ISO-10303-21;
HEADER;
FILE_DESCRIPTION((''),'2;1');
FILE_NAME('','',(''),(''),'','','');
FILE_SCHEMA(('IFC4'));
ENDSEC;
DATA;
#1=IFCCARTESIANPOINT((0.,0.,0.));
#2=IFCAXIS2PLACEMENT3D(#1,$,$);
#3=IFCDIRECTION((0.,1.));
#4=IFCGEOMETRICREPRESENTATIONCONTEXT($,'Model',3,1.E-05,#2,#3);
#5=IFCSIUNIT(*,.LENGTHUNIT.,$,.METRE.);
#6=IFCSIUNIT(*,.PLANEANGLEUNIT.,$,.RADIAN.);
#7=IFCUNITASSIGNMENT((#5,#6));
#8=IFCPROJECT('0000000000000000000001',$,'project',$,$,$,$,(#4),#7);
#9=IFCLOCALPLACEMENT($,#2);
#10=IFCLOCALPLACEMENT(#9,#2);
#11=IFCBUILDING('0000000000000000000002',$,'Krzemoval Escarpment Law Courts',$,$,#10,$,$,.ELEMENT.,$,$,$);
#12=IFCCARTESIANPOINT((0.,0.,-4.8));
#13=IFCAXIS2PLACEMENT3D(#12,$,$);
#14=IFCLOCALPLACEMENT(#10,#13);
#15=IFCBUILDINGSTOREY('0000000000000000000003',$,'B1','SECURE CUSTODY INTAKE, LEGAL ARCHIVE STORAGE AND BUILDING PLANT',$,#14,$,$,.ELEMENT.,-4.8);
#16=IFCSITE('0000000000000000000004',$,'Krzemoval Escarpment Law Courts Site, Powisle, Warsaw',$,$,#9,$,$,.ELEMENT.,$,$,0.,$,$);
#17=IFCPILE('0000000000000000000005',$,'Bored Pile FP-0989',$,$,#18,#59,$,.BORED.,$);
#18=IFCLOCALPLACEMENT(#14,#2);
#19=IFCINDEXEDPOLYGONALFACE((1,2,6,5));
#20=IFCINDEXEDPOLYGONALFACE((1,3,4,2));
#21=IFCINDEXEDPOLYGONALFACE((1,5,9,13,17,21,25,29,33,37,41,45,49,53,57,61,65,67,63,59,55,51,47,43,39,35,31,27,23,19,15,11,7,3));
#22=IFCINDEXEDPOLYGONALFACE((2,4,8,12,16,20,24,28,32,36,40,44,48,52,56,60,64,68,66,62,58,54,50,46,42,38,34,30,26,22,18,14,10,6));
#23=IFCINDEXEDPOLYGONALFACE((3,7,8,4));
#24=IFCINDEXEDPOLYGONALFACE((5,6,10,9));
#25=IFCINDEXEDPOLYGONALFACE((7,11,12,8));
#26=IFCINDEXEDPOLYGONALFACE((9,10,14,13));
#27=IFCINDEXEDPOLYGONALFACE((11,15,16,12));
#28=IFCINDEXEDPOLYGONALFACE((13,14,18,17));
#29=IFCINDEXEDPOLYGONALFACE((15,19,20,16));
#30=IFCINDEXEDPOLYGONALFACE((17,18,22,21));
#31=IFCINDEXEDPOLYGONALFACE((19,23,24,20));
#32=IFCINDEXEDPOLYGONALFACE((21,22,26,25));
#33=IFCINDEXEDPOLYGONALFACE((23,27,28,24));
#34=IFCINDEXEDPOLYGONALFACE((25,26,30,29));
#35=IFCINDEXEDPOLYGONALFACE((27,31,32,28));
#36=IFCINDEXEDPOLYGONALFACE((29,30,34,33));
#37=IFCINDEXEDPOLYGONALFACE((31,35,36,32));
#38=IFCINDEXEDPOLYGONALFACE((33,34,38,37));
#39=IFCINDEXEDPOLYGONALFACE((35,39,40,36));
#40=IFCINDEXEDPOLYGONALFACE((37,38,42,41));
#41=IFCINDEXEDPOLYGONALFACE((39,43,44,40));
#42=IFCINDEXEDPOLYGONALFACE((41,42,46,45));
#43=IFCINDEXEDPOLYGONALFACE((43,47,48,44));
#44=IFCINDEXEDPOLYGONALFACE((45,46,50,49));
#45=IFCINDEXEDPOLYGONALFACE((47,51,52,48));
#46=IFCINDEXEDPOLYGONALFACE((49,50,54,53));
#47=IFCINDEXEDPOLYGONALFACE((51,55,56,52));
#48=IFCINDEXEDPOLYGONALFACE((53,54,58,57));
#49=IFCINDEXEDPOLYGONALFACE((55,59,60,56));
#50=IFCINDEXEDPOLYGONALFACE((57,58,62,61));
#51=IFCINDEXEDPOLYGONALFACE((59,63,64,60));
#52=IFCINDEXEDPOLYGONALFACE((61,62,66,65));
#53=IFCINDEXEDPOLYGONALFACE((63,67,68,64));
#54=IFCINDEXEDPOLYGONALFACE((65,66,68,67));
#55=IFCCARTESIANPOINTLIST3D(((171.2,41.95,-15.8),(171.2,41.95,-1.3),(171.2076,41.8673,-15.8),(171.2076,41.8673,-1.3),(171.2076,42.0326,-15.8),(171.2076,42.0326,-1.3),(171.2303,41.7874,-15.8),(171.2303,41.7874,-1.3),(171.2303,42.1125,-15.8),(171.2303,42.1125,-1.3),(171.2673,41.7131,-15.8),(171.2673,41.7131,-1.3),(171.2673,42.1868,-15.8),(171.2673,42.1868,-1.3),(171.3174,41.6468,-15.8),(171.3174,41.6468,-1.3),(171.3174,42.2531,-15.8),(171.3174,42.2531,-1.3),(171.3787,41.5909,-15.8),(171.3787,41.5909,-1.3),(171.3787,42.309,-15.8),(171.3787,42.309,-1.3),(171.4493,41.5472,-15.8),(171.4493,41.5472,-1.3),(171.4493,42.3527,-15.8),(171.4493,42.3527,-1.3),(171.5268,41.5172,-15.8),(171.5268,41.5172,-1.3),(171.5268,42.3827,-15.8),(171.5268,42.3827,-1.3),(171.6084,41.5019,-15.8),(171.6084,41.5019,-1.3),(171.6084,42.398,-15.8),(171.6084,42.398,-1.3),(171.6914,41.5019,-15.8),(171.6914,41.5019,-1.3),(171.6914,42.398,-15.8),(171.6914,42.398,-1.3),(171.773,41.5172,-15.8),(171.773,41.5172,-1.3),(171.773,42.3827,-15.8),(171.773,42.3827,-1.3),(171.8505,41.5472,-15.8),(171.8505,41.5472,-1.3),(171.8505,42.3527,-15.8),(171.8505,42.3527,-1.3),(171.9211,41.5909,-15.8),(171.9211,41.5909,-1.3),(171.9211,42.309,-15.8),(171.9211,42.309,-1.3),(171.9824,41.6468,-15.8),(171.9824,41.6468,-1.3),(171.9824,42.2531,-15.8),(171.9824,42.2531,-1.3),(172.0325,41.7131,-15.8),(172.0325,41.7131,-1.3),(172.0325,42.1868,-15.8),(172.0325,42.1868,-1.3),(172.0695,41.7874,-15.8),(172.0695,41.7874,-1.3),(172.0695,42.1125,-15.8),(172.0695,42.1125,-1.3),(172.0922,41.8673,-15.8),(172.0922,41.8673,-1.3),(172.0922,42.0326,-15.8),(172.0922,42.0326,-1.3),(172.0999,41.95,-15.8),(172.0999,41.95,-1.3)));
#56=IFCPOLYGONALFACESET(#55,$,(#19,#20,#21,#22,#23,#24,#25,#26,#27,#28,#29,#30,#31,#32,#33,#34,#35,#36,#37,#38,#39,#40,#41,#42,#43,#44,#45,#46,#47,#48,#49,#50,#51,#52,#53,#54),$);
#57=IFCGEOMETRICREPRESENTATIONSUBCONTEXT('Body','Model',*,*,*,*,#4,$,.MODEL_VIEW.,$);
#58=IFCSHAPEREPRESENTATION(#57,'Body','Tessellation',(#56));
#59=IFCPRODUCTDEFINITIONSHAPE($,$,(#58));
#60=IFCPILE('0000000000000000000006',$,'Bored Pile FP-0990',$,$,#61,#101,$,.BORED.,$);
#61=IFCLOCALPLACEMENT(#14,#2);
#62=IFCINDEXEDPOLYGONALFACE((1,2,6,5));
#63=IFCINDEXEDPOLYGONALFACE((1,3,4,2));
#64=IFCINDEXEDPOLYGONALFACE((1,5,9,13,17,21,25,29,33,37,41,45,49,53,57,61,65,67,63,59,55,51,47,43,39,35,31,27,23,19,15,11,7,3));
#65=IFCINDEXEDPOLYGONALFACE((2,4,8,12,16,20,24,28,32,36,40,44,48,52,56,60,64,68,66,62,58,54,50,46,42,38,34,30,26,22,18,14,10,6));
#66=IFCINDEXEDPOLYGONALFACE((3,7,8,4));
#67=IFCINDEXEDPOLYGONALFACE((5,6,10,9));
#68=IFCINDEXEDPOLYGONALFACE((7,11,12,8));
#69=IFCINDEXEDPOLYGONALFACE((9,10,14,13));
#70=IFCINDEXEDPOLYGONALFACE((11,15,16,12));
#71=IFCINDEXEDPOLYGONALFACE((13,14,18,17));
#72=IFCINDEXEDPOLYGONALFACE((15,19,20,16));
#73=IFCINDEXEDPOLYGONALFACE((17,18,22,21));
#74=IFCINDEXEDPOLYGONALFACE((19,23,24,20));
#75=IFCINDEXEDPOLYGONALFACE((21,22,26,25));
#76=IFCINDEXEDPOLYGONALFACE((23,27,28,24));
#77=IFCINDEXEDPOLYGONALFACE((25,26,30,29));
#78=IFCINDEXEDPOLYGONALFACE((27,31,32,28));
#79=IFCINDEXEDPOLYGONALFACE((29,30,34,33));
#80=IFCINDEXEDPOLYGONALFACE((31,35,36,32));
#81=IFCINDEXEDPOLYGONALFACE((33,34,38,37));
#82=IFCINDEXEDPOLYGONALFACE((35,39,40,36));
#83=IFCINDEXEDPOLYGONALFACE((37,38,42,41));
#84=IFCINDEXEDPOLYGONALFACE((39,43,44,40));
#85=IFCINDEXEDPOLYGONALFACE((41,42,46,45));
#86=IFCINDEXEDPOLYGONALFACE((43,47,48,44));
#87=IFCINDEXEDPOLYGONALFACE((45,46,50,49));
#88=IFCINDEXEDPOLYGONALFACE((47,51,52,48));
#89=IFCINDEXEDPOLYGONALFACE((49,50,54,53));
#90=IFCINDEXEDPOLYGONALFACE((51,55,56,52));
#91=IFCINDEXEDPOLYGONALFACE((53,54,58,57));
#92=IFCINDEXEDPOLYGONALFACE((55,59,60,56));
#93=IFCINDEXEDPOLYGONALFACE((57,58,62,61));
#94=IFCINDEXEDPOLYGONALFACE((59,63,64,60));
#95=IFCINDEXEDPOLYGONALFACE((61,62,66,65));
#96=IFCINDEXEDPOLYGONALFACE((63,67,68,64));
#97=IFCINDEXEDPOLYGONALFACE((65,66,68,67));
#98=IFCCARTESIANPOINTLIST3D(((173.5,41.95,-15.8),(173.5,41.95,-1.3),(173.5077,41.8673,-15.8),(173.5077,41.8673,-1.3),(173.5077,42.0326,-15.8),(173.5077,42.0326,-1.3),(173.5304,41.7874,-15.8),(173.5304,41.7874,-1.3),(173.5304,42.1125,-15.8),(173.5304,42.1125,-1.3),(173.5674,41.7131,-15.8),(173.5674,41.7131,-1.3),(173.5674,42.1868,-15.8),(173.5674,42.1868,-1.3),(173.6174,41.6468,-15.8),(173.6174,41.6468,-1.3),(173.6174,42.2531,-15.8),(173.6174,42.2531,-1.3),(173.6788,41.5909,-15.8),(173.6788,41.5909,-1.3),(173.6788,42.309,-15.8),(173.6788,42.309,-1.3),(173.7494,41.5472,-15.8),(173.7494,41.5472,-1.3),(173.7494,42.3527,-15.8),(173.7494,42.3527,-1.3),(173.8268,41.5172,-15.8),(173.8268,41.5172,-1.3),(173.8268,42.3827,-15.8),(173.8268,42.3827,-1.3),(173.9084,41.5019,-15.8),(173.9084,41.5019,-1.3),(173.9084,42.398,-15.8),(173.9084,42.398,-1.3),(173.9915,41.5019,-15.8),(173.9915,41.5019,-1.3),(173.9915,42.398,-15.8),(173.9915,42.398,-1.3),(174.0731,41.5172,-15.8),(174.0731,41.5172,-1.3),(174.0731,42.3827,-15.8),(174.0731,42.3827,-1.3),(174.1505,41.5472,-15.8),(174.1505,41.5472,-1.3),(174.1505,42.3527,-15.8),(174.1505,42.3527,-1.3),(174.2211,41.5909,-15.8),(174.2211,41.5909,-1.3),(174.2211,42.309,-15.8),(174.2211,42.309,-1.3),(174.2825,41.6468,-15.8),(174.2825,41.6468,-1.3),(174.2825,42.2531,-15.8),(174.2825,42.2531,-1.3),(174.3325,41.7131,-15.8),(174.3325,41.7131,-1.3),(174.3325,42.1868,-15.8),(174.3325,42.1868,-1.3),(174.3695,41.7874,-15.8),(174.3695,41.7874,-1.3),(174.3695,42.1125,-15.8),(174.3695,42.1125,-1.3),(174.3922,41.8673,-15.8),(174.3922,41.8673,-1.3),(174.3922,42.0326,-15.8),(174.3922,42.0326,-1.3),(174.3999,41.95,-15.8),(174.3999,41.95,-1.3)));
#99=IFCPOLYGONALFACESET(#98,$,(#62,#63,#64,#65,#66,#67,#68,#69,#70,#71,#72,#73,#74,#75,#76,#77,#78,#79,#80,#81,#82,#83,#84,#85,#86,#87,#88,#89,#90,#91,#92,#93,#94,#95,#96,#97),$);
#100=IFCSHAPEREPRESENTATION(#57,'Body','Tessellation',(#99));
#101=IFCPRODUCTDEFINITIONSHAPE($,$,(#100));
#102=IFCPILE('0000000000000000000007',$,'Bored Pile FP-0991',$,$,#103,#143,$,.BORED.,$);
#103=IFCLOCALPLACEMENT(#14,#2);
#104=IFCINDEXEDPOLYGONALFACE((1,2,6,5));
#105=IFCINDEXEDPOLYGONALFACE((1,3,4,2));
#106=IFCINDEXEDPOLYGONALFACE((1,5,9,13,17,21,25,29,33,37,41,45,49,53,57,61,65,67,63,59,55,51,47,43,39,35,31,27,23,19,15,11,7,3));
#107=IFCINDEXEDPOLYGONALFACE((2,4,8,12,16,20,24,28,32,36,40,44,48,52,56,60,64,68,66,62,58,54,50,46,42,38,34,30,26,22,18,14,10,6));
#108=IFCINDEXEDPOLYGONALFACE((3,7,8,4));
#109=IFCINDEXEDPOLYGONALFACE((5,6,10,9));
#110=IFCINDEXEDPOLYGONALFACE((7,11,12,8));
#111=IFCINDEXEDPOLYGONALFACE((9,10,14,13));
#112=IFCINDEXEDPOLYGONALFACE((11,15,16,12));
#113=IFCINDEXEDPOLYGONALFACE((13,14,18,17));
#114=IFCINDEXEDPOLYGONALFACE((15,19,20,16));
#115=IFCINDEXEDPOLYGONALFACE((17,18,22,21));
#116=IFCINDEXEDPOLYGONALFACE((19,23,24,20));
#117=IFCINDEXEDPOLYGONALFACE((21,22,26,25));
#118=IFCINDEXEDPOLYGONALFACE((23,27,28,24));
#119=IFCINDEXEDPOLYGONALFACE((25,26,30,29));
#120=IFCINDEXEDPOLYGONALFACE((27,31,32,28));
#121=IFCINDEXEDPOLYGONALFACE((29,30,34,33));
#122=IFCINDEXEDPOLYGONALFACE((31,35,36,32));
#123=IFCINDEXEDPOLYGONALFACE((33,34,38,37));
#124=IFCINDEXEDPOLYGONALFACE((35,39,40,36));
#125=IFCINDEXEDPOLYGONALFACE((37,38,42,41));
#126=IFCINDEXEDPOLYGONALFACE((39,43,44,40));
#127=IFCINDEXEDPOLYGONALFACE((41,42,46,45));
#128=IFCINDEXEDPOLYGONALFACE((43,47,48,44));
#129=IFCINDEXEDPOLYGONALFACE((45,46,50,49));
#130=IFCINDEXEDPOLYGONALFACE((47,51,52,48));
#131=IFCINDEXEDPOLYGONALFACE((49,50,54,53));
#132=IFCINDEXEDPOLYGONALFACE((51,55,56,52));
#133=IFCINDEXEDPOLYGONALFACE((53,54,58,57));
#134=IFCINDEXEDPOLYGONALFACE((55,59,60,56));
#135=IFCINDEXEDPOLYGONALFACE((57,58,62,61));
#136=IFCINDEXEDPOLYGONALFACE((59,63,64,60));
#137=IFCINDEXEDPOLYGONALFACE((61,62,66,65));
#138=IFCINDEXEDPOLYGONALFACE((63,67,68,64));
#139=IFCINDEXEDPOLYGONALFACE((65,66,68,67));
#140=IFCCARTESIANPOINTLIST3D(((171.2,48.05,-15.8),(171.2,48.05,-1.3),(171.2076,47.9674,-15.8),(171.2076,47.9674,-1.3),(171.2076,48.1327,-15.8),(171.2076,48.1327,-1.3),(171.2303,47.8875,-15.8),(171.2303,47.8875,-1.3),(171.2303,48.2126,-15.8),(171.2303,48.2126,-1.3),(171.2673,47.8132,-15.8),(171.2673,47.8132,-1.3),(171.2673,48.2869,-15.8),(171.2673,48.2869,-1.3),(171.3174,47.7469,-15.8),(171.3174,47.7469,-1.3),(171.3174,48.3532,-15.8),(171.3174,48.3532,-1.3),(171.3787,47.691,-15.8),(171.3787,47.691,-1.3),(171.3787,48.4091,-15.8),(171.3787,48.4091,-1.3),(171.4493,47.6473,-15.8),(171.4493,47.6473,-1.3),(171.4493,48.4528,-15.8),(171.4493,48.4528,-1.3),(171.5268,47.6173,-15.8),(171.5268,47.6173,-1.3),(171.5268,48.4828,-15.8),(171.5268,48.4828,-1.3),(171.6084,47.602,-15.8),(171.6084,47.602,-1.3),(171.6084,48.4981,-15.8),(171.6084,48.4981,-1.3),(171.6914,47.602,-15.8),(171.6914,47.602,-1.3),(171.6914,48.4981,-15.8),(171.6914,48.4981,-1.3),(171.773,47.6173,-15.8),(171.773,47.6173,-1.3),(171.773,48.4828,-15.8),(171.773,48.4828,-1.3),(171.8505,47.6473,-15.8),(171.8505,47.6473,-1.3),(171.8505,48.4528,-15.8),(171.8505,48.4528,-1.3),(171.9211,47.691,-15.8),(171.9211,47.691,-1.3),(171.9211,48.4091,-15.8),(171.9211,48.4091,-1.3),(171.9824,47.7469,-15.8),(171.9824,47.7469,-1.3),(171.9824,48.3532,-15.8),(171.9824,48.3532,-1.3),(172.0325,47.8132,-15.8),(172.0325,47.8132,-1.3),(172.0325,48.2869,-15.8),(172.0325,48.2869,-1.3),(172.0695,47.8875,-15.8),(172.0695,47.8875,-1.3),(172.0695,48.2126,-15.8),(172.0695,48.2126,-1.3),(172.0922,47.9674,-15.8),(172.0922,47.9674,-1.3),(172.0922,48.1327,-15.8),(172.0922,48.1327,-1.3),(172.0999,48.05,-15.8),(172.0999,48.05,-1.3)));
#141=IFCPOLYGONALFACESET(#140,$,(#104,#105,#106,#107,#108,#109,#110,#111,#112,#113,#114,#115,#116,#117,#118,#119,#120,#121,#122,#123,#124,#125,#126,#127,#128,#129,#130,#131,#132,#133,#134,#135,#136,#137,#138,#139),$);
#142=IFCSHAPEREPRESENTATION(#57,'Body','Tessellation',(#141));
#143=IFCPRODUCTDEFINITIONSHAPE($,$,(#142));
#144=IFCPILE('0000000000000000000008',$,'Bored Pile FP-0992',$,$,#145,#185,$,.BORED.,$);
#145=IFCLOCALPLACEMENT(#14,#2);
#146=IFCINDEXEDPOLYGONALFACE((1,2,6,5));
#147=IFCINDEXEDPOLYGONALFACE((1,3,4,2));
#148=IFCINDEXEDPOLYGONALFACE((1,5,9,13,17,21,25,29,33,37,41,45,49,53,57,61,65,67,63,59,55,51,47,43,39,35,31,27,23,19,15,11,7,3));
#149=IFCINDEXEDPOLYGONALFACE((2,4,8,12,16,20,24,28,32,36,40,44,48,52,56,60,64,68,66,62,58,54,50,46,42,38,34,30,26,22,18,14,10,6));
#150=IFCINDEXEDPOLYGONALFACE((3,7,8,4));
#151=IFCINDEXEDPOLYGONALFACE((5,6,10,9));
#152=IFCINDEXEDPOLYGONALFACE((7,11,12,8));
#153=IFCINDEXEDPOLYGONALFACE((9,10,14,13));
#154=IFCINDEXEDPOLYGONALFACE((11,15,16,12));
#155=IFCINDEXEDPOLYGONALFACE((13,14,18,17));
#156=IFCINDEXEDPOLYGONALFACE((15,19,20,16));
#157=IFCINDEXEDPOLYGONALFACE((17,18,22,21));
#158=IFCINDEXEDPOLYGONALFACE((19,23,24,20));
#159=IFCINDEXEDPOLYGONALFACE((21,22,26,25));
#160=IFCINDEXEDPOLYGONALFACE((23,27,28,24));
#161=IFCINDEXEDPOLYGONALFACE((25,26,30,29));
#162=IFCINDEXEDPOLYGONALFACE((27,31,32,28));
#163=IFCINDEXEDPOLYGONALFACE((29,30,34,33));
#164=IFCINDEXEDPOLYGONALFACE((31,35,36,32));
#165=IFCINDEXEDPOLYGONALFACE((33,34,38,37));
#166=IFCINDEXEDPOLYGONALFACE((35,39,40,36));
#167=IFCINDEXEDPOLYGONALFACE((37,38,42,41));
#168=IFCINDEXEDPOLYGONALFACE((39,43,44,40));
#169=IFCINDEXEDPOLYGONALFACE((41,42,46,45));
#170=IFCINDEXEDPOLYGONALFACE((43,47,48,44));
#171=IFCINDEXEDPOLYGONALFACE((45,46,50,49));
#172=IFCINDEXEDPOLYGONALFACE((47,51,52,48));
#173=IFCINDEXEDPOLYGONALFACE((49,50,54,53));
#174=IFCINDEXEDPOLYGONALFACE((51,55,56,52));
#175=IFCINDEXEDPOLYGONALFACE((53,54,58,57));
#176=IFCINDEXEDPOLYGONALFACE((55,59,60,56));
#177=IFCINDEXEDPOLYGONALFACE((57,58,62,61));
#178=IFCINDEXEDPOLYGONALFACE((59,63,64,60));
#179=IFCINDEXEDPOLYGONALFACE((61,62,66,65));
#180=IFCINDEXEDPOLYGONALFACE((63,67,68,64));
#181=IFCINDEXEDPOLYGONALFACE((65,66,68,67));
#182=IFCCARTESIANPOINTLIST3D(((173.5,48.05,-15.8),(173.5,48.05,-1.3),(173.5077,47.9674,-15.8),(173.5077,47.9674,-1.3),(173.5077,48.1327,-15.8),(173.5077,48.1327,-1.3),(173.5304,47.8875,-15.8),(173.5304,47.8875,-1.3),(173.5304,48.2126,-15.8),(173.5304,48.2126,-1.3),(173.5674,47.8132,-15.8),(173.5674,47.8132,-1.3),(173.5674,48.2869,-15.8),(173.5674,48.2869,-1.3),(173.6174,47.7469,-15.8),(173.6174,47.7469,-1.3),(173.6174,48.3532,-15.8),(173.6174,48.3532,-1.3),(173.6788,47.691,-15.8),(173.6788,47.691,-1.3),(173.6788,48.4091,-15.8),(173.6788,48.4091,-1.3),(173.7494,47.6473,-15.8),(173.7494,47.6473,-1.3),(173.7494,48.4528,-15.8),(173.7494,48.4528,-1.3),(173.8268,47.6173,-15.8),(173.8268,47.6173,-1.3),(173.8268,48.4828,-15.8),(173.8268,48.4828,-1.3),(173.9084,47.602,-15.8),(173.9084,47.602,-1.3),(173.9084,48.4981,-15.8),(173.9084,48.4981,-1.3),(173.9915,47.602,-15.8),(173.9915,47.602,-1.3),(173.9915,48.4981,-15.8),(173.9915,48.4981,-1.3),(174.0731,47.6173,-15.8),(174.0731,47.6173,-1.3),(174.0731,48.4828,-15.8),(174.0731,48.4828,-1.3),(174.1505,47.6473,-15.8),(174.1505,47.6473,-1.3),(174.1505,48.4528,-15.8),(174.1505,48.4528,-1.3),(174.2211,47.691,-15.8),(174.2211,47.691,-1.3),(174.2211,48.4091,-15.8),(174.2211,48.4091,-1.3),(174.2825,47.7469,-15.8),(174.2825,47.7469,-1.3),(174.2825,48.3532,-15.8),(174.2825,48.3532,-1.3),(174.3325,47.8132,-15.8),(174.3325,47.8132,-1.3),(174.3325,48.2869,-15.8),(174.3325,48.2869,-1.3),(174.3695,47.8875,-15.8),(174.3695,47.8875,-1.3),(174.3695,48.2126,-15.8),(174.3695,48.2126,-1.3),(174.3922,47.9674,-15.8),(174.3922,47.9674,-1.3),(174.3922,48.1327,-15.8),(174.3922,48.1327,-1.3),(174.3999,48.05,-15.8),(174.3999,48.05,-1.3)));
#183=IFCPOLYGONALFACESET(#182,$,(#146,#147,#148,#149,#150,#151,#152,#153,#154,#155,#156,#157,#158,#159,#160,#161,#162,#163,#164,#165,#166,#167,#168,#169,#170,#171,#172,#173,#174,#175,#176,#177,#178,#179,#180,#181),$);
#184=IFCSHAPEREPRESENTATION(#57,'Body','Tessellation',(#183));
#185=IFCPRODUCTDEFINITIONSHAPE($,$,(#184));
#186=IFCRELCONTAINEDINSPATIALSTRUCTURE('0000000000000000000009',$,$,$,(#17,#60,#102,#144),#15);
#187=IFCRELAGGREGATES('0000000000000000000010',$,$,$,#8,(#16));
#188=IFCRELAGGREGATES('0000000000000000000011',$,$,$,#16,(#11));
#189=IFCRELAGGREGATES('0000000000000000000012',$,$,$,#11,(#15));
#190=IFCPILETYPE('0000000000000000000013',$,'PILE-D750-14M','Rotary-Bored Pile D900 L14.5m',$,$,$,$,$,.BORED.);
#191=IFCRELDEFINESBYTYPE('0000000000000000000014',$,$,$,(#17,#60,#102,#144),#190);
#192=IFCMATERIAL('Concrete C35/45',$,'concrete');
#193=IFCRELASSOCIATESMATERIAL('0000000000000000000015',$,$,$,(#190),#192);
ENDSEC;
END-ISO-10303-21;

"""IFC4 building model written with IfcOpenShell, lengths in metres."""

from ifc_helpers import new_model, si_unit, direction, frame, origin, origin_2d, place, context, subcontext, project, spatial, circle, extrude, material, material_profile, profile_set, type_object, element, save


model = new_model("IFC4")

# Units and contexts
model_context = context("Model", 3, precision=1e-05, world=origin(), true_north=direction((0.0, 1.0)))
body_context = subcontext(model_context, "Body", "Model", "MODEL_VIEW")
ifc_project = project(units=[si_unit("LENGTHUNIT", "METRE"), si_unit("PLANEANGLEUNIT", "RADIAN")], contexts=[model_context])

# Site, building, storey
site_placement = place(None, origin())
site = spatial("IfcSite", under=ifc_project, at=site_placement, Name="Krzemoval Escarpment Law Courts Site, Powisle, Warsaw", CompositionType="ELEMENT", RefElevation=0.0)
building_placement = place(site_placement, origin())
building = spatial("IfcBuilding", under=site, at=building_placement, Name="Krzemoval Escarpment Law Courts", CompositionType="ELEMENT")
storey_placement = place(building_placement, frame((0.0, 0.0, -4.8)))
storey = spatial("IfcBuildingStorey", under=building, at=storey_placement, Name="B1", Description="SECURE CUSTODY INTAKE, LEGAL ARCHIVE STORAGE AND BUILDING PLANT", CompositionType="ELEMENT", Elevation=-4.8)

# Piles
ifc_material_1 = material(Name="Concrete C35/45", Category="concrete")
ifc_material_profile_1 = material_profile(ifc_material_1, circle(Radius=0.45, at=origin_2d()), Name="PILE D900")
ifc_profile_set_1 = profile_set([ifc_material_profile_1], Name="Concrete C35/45")
pile_type = type_object("IfcPileType", Name="PILE-D750-14M", Description="Rotary-Bored Pile D900 L14.5m", PredefinedType="BORED", material=ifc_profile_set_1)
for number, where, z_axis, x_axis, name in (
    (1, (171.6499, 41.95, -1.3), (0.0, 0.0, -1.0), (1.0, 0.0, 0.0), "Bored Pile FP-0989"),
    (2, (173.95, 41.95, -1.3), (0.0, 0.0, -1.0), (1.0, 0.0, 0.0), "Bored Pile FP-0990"),
    (3, (171.6499, 48.05, -1.3), (0.0, 0.0, -1.0), (1.0, 0.0, 0.0), "Bored Pile FP-0991"),
    (4, (173.95, 48.05, -1.3), (0.0, 0.0, -1.0), (1.0, 0.0, 0.0), "Bored Pile FP-0992"),
):
    element("IfcPile", number, at=place(storey_placement, frame(where, z_axis=z_axis, x_axis=x_axis)), inside=storey, type_object=pile_type, Name=name, PredefinedType="BORED", context=body_context, shape_type="SweptSolid", body=[
        extrude(circle(Radius=0.45, at=origin_2d()), origin(), (0.0, 0.0, 1.0), 14.5),
    ])

save(model, "model.ifc")
